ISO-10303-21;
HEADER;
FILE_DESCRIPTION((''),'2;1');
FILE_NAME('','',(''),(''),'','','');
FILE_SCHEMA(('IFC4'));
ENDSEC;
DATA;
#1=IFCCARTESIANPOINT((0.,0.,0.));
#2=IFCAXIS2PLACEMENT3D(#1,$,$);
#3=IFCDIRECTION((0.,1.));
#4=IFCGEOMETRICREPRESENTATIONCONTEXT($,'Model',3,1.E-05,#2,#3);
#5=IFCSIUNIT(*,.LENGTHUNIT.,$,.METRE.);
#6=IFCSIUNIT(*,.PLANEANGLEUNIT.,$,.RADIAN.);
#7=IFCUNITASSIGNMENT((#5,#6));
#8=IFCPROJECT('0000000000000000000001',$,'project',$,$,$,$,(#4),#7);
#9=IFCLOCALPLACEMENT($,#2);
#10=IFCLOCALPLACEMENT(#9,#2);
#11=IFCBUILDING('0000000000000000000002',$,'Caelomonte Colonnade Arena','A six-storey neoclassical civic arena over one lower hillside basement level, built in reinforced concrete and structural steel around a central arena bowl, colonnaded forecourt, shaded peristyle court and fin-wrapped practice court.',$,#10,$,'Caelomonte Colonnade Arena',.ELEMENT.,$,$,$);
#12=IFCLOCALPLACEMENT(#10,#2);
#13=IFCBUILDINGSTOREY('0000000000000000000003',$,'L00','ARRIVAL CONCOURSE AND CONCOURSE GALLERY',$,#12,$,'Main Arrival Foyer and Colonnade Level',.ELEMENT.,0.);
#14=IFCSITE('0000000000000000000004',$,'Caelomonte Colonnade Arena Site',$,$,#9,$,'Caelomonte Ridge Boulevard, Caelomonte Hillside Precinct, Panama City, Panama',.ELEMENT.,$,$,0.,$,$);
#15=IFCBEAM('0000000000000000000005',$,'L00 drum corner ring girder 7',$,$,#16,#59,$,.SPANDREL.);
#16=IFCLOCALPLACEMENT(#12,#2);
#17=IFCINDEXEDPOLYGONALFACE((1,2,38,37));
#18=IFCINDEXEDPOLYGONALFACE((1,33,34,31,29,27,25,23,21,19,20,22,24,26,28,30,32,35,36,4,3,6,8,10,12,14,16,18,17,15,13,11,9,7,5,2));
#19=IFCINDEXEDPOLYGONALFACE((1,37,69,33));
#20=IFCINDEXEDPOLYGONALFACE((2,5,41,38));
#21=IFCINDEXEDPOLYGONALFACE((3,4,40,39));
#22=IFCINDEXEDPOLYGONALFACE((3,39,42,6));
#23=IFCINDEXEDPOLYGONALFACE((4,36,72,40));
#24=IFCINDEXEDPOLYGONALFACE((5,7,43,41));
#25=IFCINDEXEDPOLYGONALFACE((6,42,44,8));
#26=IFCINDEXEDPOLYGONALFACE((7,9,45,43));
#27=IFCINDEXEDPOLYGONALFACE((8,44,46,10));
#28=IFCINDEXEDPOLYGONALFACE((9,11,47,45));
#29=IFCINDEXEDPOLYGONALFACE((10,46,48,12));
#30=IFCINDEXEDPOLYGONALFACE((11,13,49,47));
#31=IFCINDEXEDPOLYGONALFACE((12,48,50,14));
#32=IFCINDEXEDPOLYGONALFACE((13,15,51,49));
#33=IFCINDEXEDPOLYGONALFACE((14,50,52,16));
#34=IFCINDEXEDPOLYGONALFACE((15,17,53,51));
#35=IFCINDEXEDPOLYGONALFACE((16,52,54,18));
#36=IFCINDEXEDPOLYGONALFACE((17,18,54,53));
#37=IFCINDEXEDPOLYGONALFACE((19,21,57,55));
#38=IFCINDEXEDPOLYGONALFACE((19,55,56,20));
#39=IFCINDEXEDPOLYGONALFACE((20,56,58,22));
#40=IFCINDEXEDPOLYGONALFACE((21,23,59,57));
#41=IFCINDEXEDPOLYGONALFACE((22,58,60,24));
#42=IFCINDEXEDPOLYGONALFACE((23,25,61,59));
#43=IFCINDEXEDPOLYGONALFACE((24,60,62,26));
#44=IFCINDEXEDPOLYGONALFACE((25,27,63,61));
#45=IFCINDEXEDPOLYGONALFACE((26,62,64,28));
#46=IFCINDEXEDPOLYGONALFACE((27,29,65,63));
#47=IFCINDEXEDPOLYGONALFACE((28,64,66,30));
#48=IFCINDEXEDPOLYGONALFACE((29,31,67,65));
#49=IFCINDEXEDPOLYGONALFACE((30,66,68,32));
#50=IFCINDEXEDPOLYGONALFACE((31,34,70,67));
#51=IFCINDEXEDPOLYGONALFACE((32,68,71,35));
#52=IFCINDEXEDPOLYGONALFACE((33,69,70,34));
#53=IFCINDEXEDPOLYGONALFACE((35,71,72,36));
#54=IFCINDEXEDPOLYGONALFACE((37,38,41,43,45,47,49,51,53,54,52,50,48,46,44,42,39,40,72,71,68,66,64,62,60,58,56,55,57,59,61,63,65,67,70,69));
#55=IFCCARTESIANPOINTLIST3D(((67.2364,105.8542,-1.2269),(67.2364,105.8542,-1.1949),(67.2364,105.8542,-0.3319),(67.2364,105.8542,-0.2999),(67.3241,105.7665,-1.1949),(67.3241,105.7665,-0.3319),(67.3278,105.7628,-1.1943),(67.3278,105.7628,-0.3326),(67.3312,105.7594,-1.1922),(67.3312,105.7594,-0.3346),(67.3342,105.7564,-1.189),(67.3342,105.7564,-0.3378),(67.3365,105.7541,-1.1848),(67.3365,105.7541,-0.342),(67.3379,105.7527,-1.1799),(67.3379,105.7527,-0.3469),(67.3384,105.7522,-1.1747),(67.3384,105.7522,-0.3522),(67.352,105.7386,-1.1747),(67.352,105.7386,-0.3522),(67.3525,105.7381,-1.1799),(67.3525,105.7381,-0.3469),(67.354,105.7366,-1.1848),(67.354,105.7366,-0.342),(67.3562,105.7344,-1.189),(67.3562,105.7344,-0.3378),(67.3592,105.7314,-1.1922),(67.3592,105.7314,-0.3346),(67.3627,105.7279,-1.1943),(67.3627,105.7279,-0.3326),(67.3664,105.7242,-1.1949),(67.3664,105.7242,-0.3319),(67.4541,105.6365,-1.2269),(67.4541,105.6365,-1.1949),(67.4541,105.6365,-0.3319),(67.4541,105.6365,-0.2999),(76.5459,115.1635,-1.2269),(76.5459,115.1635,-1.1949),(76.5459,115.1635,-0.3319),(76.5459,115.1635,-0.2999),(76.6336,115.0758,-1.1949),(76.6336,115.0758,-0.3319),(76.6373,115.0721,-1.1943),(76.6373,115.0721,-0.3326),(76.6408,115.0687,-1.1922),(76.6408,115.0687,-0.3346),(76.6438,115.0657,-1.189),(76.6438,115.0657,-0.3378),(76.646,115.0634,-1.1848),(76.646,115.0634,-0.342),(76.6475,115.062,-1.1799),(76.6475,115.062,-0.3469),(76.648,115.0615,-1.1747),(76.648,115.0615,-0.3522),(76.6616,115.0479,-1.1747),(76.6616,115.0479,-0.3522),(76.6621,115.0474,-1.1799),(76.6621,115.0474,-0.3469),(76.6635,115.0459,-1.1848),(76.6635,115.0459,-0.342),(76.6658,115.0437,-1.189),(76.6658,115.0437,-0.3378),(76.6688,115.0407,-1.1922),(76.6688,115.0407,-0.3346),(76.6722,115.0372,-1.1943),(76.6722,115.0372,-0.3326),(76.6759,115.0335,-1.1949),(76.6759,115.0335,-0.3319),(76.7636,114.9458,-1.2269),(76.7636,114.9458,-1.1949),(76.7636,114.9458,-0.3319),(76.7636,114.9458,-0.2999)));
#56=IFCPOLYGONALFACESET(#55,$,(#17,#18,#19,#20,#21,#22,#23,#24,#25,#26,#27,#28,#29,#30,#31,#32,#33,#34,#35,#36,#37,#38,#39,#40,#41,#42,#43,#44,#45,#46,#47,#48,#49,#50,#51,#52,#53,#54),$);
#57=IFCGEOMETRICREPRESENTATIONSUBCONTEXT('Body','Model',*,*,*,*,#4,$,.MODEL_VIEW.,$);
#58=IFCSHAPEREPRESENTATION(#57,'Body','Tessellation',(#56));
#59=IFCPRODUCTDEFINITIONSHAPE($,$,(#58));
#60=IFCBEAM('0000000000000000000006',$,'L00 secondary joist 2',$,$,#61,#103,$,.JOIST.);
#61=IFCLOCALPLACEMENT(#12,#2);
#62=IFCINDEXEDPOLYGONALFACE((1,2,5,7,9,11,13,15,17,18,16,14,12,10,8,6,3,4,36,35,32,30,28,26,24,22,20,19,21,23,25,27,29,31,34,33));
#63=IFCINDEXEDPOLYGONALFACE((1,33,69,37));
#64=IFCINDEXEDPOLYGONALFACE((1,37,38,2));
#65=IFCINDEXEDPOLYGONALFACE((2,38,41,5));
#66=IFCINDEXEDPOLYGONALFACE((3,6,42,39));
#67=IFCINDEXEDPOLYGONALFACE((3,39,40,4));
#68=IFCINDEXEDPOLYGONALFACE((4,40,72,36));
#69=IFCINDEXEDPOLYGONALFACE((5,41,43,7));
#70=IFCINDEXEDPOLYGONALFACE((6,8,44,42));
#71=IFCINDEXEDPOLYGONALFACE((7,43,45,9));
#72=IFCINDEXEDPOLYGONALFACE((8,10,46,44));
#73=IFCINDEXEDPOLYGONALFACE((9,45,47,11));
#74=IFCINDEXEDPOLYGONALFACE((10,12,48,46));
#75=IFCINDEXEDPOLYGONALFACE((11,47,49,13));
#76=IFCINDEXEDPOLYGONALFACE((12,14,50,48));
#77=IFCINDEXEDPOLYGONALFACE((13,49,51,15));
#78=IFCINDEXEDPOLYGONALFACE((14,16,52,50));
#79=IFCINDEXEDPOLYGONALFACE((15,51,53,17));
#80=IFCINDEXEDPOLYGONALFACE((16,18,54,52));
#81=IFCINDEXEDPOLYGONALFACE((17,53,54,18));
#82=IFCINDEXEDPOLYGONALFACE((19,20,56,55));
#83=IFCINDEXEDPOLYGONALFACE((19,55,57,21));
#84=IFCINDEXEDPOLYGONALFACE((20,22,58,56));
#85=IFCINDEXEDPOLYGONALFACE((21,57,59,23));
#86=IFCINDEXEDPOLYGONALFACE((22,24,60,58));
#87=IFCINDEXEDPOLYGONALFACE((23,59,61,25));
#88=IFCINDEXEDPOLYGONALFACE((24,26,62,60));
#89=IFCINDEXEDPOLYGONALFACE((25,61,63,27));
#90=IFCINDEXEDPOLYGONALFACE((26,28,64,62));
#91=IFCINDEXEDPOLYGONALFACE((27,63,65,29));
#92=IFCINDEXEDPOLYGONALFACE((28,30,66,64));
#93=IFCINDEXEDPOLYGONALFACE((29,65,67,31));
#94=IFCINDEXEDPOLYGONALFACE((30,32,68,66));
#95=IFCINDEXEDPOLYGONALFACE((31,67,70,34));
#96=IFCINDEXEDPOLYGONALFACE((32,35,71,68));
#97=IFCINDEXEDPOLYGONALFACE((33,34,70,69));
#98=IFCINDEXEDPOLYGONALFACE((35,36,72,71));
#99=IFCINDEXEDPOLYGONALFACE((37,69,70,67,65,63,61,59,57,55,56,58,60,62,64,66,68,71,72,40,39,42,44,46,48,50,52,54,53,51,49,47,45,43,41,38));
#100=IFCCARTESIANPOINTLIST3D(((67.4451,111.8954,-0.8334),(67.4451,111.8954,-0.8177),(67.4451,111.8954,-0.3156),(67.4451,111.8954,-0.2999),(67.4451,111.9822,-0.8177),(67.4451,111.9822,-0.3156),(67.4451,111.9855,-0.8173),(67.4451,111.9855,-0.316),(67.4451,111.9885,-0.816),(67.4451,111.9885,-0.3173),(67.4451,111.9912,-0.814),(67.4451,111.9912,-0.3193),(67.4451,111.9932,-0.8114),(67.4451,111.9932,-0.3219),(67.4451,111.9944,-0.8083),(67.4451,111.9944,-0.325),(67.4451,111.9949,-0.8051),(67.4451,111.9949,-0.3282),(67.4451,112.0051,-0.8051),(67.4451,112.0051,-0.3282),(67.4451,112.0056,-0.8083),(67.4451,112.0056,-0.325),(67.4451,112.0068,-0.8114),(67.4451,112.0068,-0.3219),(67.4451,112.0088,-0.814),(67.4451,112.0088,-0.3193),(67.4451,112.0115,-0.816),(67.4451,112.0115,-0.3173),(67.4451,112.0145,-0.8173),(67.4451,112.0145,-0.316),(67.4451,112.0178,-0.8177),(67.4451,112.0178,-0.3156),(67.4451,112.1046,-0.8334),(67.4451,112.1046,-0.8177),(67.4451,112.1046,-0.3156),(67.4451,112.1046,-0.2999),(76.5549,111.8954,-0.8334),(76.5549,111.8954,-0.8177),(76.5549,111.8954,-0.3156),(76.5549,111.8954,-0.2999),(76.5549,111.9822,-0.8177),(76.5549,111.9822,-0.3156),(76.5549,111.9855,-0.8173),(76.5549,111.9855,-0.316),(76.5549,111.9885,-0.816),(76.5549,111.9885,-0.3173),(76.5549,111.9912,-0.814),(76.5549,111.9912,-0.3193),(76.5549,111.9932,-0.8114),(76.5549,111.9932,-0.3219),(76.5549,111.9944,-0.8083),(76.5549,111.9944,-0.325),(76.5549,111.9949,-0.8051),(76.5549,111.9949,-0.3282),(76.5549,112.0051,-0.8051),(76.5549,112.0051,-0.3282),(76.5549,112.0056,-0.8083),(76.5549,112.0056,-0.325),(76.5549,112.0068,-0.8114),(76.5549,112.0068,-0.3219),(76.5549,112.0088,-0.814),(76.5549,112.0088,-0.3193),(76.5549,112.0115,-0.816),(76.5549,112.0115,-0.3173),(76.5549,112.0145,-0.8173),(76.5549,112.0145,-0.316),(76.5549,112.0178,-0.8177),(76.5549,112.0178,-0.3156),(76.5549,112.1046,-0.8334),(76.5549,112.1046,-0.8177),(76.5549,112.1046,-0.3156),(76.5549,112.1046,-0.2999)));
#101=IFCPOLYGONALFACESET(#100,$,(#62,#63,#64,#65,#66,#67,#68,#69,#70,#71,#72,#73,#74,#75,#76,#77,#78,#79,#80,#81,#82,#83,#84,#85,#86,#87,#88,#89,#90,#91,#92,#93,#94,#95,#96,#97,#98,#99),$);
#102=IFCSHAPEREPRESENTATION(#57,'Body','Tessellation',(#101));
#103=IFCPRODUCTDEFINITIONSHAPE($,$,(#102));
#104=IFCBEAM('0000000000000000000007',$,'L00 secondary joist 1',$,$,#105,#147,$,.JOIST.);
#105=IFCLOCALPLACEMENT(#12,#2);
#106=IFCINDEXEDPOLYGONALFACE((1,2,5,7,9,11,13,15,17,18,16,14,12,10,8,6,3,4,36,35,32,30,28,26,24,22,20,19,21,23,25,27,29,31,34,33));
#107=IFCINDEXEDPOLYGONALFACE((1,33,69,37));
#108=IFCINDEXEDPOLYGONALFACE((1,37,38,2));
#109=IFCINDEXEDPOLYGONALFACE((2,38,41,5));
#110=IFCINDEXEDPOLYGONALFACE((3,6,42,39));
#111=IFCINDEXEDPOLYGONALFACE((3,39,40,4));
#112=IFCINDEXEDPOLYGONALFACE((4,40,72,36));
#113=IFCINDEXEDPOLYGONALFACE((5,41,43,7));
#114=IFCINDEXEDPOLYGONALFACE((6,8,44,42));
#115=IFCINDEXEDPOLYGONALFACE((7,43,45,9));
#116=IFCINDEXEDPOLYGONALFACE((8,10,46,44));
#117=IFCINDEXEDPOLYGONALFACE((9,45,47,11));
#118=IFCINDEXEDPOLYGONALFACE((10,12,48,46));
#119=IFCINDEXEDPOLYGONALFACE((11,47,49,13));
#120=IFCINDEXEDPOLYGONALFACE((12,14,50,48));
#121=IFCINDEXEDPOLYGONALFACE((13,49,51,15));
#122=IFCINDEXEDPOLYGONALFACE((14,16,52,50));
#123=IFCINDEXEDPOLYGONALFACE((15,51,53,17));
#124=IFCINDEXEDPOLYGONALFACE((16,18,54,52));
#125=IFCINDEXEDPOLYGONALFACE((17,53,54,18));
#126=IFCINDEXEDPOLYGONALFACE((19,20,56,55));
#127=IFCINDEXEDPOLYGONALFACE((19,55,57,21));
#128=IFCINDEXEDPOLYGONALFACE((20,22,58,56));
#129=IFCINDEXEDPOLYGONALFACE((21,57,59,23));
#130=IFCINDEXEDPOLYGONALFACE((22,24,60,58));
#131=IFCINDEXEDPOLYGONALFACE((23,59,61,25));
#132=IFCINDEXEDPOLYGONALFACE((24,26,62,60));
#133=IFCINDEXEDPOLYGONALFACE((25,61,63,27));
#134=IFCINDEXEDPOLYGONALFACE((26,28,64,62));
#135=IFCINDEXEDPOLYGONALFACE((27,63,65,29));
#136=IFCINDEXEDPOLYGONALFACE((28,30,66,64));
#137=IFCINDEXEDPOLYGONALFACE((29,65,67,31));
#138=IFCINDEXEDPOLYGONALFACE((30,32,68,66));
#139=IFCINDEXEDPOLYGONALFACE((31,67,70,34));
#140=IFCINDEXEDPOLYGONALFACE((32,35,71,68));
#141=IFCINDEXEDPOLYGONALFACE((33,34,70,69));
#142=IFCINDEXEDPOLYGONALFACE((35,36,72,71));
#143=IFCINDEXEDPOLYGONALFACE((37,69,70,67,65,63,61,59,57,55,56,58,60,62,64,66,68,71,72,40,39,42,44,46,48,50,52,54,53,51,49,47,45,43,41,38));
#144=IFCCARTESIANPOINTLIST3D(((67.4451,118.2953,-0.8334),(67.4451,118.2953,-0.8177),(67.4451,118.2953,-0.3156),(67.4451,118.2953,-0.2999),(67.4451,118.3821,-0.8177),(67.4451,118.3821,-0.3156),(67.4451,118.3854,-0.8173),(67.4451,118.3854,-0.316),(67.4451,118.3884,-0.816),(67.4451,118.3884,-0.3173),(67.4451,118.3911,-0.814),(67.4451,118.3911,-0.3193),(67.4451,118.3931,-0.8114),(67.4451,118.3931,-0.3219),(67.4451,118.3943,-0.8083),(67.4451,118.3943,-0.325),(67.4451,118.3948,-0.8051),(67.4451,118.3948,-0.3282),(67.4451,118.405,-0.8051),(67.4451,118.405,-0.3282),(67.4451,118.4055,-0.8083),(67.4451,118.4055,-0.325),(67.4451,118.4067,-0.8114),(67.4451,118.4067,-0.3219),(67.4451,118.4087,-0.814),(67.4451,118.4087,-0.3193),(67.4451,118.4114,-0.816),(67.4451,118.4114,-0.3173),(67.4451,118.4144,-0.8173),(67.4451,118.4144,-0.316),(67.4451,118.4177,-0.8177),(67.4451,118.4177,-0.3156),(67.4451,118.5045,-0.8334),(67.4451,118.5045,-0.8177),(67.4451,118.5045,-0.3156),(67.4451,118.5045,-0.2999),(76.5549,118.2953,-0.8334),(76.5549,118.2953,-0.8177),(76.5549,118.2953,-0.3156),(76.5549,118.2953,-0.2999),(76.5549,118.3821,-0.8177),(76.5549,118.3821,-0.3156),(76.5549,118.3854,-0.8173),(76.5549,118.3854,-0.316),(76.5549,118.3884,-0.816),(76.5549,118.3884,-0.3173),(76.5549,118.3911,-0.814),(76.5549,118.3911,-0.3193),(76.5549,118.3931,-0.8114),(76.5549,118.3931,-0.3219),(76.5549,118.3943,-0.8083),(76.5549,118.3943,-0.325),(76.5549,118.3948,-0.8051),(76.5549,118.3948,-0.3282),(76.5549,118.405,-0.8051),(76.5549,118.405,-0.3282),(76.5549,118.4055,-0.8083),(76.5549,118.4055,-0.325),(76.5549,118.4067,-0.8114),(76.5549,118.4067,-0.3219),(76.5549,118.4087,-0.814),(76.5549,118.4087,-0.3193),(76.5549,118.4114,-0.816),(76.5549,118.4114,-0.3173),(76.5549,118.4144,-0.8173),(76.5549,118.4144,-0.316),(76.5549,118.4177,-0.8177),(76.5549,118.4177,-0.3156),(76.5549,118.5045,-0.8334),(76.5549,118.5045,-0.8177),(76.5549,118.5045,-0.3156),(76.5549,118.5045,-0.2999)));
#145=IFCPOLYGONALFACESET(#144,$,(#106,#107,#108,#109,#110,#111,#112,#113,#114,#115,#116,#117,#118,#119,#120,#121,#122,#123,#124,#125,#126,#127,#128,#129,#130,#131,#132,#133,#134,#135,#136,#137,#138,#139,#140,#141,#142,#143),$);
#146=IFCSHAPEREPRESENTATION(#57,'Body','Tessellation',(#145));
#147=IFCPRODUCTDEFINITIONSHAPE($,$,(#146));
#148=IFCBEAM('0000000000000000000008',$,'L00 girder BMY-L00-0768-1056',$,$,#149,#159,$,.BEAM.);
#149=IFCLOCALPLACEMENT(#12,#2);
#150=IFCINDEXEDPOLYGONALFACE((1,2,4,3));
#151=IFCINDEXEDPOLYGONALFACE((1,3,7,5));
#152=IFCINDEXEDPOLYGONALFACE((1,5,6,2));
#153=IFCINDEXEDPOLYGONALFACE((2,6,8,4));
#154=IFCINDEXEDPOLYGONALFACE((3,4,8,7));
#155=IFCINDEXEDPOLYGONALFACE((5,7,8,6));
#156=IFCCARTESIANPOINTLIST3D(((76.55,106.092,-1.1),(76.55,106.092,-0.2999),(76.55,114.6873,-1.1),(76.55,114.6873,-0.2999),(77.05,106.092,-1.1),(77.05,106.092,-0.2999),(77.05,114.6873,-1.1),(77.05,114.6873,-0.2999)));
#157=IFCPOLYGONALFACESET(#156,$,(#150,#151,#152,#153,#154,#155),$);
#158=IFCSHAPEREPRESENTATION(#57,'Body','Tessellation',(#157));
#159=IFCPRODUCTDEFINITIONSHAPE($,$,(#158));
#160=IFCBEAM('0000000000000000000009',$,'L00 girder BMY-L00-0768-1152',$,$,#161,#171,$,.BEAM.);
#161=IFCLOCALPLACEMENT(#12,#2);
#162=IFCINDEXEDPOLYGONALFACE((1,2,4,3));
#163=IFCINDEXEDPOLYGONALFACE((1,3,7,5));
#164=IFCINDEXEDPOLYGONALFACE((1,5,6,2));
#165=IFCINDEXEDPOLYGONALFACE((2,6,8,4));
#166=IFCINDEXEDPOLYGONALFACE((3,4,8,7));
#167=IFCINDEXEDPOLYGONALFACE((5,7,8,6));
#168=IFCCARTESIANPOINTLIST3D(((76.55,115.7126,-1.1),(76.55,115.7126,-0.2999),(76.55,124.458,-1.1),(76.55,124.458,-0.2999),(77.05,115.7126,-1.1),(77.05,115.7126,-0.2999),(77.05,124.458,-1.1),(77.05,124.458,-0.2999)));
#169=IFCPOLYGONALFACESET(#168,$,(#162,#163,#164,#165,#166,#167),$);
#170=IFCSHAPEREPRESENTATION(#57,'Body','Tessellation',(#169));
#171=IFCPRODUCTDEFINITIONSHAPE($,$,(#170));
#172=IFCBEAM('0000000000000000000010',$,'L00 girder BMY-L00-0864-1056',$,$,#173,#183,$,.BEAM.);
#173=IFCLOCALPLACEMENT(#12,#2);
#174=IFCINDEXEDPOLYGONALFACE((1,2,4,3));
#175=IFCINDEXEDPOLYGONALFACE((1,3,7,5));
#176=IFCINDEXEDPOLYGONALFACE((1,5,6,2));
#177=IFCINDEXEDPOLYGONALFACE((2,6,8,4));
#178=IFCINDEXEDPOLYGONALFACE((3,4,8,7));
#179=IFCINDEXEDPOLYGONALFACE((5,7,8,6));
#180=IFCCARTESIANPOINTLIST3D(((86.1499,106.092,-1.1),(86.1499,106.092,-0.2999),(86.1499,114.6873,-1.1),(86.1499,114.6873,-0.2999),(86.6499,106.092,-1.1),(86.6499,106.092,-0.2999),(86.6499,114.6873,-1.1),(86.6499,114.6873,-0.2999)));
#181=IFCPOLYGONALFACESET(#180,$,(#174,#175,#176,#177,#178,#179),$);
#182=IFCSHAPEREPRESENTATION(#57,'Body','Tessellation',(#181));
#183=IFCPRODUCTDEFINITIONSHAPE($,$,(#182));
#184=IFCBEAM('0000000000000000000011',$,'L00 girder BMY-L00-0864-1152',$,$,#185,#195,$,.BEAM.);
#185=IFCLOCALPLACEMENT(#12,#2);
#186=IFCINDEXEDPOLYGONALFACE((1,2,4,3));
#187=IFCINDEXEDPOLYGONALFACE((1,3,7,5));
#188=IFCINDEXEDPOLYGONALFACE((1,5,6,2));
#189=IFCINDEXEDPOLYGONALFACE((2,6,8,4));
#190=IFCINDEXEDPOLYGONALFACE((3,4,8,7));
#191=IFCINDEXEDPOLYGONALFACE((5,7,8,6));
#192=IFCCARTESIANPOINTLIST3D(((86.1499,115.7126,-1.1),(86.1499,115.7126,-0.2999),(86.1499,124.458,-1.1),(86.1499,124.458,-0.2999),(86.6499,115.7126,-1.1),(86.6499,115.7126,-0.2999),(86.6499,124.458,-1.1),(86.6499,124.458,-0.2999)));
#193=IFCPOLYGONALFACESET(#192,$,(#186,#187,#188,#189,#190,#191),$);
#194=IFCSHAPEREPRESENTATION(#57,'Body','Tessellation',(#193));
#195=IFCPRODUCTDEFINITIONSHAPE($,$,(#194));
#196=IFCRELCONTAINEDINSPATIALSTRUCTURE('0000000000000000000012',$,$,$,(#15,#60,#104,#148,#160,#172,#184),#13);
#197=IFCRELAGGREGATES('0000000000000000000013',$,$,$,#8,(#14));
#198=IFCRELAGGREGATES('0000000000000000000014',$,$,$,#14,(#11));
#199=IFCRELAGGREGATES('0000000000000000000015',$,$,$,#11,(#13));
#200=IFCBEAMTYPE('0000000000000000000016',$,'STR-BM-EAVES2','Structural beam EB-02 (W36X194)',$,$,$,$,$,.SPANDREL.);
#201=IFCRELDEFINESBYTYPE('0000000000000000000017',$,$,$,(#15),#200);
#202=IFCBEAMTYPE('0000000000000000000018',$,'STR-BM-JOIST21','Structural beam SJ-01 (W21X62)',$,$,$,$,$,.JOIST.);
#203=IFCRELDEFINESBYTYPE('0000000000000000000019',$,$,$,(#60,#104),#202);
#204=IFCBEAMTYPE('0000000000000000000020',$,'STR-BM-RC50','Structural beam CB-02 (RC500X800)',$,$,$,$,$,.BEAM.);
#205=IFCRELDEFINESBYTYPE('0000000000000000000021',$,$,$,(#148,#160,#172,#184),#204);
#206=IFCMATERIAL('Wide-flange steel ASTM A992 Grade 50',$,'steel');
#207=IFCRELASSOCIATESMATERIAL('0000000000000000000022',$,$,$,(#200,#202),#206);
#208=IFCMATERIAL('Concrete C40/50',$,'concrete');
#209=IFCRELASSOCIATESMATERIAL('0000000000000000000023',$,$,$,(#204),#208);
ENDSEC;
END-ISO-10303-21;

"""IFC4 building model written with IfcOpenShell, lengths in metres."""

from ifc_helpers import new_model, si_unit, direction, frame, origin, origin_2d, place, context, subcontext, project, spatial, rectangle, i_section, extrude, material, material_profile, profile_set, type_object, element, save


model = new_model("IFC4")

# Units and contexts
model_context = context("Model", 3, precision=1e-05, world=origin(), true_north=direction((0.0, 1.0)))
body_context = subcontext(model_context, "Body", "Model", "MODEL_VIEW")
ifc_project = project(units=[si_unit("LENGTHUNIT", "METRE"), si_unit("PLANEANGLEUNIT", "RADIAN")], contexts=[model_context])

# Site, building, storey
site_placement = place(None, origin())
site = spatial("IfcSite", under=ifc_project, at=site_placement, Name="Caelomonte Colonnade Arena Site", LongName="Caelomonte Ridge Boulevard, Caelomonte Hillside Precinct, Panama City, Panama", CompositionType="ELEMENT", RefElevation=0.0)
building_placement = place(site_placement, origin())
building = spatial("IfcBuilding", under=site, at=building_placement, Name="Caelomonte Colonnade Arena", Description="A six-storey neoclassical civic arena over one lower hillside basement level, built in reinforced concrete and structural steel around a central arena bowl, colonnaded forecourt, shaded peristyle court and fin-wrapped practice court.", LongName="Caelomonte Colonnade Arena", CompositionType="ELEMENT")
storey_placement = place(building_placement, origin())
storey = spatial("IfcBuildingStorey", under=building, at=storey_placement, Name="L00", Description="ARRIVAL CONCOURSE AND CONCOURSE GALLERY", LongName="Main Arrival Foyer and Colonnade Level", CompositionType="ELEMENT", Elevation=0.0)

# Shared definitions
ifc_material_1 = material(Name="Wide-flange steel ASTM A992 Grade 50", Category="steel")

# Beams
ifc_material_profile_1 = material_profile(ifc_material_1, i_section(OverallWidth=0.3079, OverallDepth=0.927, WebThickness=0.0193, FlangeThickness=0.032, FilletRadius=0.0203, at=origin_2d()), Name="W36X194")
ifc_profile_set_1 = profile_set([ifc_material_profile_1], Name="Wide-flange steel ASTM A992 Grade 50")
beam_type_1 = type_object("IfcBeamType", Name="STR-BM-EAVES2", Description="Structural beam EB-02 (W36X194)", PredefinedType="SPANDREL", material=ifc_profile_set_1)
beam_1_placement = place(storey_placement, frame((76.6548, 115.0547, -0.7634), z_axis=(-0.707116, -0.707098, 0.0), x_axis=(0.707098, -0.707116, 0.0)))
element("IfcBeam", 1, at=beam_1_placement, inside=storey, type_object=beam_type_1, Name="L00 drum corner ring girder 7", PredefinedType="SPANDREL", context=body_context, shape_type="SweptSolid", body=[
    extrude(i_section(OverallWidth=0.3079, OverallDepth=0.927, WebThickness=0.0193, FlangeThickness=0.032, FilletRadius=0.0203, at=origin_2d()), origin(), (0.0, 0.0, 1.0), 13.1655),
])
ifc_material_profile_2 = material_profile(ifc_material_1, i_section(OverallWidth=0.2092, OverallDepth=0.5334, WebThickness=0.0103, FlangeThickness=0.0156, FilletRadius=0.0127, at=origin_2d()), Name="W21X62")
ifc_profile_set_2 = profile_set([ifc_material_profile_2], Name="Wide-flange steel ASTM A992 Grade 50")
beam_type_2 = type_object("IfcBeamType", Name="STR-BM-JOIST21", Description="Structural beam SJ-01 (W21X62)", PredefinedType="JOIST", material=ifc_profile_set_2)
for number, where, z_axis, x_axis, name in (
    (2, (67.4451, 112.0, -0.5667), (1.0, 0.0, 0.0), (0.0, 1.0, 0.0), "L00 secondary joist 2"),
    (3, (67.4451, 118.3999, -0.5667), (1.0, 0.0, 0.0), (0.0, 1.0, 0.0), "L00 secondary joist 1"),
):
    element("IfcBeam", number, at=place(storey_placement, frame(where, z_axis=z_axis, x_axis=x_axis)), inside=storey, type_object=beam_type_2, Name=name, PredefinedType="JOIST", context=body_context, shape_type="SweptSolid", body=[
        extrude(i_section(OverallWidth=0.2092, OverallDepth=0.5334, WebThickness=0.0103, FlangeThickness=0.0156, FilletRadius=0.0127, at=origin_2d()), origin(), (0.0, 0.0, 1.0), 9.1099),
    ])
ifc_material_2 = material(Name="Concrete C40/50", Category="concrete")
ifc_material_profile_3 = material_profile(ifc_material_2, rectangle(XDim=0.5, YDim=0.8, at=origin_2d()), Name="RC500X800")
ifc_profile_set_3 = profile_set([ifc_material_profile_3], Name="Concrete C40/50")
beam_type_3 = type_object("IfcBeamType", Name="STR-BM-RC50", Description="Structural beam CB-02 (RC500X800)", PredefinedType="BEAM", material=ifc_profile_set_3)
beam_2_placement = place(storey_placement, frame((76.8, 106.092, -0.7), z_axis=(0.0, 1.0, 0.0), x_axis=(-1.0, 0.0, 0.0)))
element("IfcBeam", 4, at=beam_2_placement, inside=storey, type_object=beam_type_3, Name="L00 girder BMY-L00-0768-1056", PredefinedType="BEAM", context=body_context, shape_type="SweptSolid", body=[
    extrude(rectangle(XDim=0.5, YDim=0.8, at=origin_2d()), origin(), (0.0, 0.0, 1.0), 8.5952),
])
beam_3_placement = place(storey_placement, frame((76.8, 115.7126, -0.7), z_axis=(0.0, 1.0, 0.0), x_axis=(-1.0, 0.0, 0.0)))
element("IfcBeam", 5, at=beam_3_placement, inside=storey, type_object=beam_type_3, Name="L00 girder BMY-L00-0768-1152", PredefinedType="BEAM", context=body_context, shape_type="SweptSolid", body=[
    extrude(rectangle(XDim=0.5, YDim=0.8, at=origin_2d()), origin(), (0.0, 0.0, 1.0), 8.7454),
])
beam_4_placement = place(storey_placement, frame((86.3999, 106.092, -0.7), z_axis=(0.0, 1.0, 0.0), x_axis=(-1.0, 0.0, 0.0)))
element("IfcBeam", 6, at=beam_4_placement, inside=storey, type_object=beam_type_3, Name="L00 girder BMY-L00-0864-1056", PredefinedType="BEAM", context=body_context, shape_type="SweptSolid", body=[
    extrude(rectangle(XDim=0.5, YDim=0.8, at=origin_2d()), origin(), (0.0, 0.0, 1.0), 8.5952),
])
beam_5_placement = place(storey_placement, frame((86.3999, 115.7126, -0.7), z_axis=(0.0, 1.0, 0.0), x_axis=(-1.0, 0.0, 0.0)))
element("IfcBeam", 7, at=beam_5_placement, inside=storey, type_object=beam_type_3, Name="L00 girder BMY-L00-0864-1152", PredefinedType="BEAM", context=body_context, shape_type="SweptSolid", body=[
    extrude(rectangle(XDim=0.5, YDim=0.8, at=origin_2d()), origin(), (0.0, 0.0, 1.0), 8.7454),
])

save(model, "model.ifc")
